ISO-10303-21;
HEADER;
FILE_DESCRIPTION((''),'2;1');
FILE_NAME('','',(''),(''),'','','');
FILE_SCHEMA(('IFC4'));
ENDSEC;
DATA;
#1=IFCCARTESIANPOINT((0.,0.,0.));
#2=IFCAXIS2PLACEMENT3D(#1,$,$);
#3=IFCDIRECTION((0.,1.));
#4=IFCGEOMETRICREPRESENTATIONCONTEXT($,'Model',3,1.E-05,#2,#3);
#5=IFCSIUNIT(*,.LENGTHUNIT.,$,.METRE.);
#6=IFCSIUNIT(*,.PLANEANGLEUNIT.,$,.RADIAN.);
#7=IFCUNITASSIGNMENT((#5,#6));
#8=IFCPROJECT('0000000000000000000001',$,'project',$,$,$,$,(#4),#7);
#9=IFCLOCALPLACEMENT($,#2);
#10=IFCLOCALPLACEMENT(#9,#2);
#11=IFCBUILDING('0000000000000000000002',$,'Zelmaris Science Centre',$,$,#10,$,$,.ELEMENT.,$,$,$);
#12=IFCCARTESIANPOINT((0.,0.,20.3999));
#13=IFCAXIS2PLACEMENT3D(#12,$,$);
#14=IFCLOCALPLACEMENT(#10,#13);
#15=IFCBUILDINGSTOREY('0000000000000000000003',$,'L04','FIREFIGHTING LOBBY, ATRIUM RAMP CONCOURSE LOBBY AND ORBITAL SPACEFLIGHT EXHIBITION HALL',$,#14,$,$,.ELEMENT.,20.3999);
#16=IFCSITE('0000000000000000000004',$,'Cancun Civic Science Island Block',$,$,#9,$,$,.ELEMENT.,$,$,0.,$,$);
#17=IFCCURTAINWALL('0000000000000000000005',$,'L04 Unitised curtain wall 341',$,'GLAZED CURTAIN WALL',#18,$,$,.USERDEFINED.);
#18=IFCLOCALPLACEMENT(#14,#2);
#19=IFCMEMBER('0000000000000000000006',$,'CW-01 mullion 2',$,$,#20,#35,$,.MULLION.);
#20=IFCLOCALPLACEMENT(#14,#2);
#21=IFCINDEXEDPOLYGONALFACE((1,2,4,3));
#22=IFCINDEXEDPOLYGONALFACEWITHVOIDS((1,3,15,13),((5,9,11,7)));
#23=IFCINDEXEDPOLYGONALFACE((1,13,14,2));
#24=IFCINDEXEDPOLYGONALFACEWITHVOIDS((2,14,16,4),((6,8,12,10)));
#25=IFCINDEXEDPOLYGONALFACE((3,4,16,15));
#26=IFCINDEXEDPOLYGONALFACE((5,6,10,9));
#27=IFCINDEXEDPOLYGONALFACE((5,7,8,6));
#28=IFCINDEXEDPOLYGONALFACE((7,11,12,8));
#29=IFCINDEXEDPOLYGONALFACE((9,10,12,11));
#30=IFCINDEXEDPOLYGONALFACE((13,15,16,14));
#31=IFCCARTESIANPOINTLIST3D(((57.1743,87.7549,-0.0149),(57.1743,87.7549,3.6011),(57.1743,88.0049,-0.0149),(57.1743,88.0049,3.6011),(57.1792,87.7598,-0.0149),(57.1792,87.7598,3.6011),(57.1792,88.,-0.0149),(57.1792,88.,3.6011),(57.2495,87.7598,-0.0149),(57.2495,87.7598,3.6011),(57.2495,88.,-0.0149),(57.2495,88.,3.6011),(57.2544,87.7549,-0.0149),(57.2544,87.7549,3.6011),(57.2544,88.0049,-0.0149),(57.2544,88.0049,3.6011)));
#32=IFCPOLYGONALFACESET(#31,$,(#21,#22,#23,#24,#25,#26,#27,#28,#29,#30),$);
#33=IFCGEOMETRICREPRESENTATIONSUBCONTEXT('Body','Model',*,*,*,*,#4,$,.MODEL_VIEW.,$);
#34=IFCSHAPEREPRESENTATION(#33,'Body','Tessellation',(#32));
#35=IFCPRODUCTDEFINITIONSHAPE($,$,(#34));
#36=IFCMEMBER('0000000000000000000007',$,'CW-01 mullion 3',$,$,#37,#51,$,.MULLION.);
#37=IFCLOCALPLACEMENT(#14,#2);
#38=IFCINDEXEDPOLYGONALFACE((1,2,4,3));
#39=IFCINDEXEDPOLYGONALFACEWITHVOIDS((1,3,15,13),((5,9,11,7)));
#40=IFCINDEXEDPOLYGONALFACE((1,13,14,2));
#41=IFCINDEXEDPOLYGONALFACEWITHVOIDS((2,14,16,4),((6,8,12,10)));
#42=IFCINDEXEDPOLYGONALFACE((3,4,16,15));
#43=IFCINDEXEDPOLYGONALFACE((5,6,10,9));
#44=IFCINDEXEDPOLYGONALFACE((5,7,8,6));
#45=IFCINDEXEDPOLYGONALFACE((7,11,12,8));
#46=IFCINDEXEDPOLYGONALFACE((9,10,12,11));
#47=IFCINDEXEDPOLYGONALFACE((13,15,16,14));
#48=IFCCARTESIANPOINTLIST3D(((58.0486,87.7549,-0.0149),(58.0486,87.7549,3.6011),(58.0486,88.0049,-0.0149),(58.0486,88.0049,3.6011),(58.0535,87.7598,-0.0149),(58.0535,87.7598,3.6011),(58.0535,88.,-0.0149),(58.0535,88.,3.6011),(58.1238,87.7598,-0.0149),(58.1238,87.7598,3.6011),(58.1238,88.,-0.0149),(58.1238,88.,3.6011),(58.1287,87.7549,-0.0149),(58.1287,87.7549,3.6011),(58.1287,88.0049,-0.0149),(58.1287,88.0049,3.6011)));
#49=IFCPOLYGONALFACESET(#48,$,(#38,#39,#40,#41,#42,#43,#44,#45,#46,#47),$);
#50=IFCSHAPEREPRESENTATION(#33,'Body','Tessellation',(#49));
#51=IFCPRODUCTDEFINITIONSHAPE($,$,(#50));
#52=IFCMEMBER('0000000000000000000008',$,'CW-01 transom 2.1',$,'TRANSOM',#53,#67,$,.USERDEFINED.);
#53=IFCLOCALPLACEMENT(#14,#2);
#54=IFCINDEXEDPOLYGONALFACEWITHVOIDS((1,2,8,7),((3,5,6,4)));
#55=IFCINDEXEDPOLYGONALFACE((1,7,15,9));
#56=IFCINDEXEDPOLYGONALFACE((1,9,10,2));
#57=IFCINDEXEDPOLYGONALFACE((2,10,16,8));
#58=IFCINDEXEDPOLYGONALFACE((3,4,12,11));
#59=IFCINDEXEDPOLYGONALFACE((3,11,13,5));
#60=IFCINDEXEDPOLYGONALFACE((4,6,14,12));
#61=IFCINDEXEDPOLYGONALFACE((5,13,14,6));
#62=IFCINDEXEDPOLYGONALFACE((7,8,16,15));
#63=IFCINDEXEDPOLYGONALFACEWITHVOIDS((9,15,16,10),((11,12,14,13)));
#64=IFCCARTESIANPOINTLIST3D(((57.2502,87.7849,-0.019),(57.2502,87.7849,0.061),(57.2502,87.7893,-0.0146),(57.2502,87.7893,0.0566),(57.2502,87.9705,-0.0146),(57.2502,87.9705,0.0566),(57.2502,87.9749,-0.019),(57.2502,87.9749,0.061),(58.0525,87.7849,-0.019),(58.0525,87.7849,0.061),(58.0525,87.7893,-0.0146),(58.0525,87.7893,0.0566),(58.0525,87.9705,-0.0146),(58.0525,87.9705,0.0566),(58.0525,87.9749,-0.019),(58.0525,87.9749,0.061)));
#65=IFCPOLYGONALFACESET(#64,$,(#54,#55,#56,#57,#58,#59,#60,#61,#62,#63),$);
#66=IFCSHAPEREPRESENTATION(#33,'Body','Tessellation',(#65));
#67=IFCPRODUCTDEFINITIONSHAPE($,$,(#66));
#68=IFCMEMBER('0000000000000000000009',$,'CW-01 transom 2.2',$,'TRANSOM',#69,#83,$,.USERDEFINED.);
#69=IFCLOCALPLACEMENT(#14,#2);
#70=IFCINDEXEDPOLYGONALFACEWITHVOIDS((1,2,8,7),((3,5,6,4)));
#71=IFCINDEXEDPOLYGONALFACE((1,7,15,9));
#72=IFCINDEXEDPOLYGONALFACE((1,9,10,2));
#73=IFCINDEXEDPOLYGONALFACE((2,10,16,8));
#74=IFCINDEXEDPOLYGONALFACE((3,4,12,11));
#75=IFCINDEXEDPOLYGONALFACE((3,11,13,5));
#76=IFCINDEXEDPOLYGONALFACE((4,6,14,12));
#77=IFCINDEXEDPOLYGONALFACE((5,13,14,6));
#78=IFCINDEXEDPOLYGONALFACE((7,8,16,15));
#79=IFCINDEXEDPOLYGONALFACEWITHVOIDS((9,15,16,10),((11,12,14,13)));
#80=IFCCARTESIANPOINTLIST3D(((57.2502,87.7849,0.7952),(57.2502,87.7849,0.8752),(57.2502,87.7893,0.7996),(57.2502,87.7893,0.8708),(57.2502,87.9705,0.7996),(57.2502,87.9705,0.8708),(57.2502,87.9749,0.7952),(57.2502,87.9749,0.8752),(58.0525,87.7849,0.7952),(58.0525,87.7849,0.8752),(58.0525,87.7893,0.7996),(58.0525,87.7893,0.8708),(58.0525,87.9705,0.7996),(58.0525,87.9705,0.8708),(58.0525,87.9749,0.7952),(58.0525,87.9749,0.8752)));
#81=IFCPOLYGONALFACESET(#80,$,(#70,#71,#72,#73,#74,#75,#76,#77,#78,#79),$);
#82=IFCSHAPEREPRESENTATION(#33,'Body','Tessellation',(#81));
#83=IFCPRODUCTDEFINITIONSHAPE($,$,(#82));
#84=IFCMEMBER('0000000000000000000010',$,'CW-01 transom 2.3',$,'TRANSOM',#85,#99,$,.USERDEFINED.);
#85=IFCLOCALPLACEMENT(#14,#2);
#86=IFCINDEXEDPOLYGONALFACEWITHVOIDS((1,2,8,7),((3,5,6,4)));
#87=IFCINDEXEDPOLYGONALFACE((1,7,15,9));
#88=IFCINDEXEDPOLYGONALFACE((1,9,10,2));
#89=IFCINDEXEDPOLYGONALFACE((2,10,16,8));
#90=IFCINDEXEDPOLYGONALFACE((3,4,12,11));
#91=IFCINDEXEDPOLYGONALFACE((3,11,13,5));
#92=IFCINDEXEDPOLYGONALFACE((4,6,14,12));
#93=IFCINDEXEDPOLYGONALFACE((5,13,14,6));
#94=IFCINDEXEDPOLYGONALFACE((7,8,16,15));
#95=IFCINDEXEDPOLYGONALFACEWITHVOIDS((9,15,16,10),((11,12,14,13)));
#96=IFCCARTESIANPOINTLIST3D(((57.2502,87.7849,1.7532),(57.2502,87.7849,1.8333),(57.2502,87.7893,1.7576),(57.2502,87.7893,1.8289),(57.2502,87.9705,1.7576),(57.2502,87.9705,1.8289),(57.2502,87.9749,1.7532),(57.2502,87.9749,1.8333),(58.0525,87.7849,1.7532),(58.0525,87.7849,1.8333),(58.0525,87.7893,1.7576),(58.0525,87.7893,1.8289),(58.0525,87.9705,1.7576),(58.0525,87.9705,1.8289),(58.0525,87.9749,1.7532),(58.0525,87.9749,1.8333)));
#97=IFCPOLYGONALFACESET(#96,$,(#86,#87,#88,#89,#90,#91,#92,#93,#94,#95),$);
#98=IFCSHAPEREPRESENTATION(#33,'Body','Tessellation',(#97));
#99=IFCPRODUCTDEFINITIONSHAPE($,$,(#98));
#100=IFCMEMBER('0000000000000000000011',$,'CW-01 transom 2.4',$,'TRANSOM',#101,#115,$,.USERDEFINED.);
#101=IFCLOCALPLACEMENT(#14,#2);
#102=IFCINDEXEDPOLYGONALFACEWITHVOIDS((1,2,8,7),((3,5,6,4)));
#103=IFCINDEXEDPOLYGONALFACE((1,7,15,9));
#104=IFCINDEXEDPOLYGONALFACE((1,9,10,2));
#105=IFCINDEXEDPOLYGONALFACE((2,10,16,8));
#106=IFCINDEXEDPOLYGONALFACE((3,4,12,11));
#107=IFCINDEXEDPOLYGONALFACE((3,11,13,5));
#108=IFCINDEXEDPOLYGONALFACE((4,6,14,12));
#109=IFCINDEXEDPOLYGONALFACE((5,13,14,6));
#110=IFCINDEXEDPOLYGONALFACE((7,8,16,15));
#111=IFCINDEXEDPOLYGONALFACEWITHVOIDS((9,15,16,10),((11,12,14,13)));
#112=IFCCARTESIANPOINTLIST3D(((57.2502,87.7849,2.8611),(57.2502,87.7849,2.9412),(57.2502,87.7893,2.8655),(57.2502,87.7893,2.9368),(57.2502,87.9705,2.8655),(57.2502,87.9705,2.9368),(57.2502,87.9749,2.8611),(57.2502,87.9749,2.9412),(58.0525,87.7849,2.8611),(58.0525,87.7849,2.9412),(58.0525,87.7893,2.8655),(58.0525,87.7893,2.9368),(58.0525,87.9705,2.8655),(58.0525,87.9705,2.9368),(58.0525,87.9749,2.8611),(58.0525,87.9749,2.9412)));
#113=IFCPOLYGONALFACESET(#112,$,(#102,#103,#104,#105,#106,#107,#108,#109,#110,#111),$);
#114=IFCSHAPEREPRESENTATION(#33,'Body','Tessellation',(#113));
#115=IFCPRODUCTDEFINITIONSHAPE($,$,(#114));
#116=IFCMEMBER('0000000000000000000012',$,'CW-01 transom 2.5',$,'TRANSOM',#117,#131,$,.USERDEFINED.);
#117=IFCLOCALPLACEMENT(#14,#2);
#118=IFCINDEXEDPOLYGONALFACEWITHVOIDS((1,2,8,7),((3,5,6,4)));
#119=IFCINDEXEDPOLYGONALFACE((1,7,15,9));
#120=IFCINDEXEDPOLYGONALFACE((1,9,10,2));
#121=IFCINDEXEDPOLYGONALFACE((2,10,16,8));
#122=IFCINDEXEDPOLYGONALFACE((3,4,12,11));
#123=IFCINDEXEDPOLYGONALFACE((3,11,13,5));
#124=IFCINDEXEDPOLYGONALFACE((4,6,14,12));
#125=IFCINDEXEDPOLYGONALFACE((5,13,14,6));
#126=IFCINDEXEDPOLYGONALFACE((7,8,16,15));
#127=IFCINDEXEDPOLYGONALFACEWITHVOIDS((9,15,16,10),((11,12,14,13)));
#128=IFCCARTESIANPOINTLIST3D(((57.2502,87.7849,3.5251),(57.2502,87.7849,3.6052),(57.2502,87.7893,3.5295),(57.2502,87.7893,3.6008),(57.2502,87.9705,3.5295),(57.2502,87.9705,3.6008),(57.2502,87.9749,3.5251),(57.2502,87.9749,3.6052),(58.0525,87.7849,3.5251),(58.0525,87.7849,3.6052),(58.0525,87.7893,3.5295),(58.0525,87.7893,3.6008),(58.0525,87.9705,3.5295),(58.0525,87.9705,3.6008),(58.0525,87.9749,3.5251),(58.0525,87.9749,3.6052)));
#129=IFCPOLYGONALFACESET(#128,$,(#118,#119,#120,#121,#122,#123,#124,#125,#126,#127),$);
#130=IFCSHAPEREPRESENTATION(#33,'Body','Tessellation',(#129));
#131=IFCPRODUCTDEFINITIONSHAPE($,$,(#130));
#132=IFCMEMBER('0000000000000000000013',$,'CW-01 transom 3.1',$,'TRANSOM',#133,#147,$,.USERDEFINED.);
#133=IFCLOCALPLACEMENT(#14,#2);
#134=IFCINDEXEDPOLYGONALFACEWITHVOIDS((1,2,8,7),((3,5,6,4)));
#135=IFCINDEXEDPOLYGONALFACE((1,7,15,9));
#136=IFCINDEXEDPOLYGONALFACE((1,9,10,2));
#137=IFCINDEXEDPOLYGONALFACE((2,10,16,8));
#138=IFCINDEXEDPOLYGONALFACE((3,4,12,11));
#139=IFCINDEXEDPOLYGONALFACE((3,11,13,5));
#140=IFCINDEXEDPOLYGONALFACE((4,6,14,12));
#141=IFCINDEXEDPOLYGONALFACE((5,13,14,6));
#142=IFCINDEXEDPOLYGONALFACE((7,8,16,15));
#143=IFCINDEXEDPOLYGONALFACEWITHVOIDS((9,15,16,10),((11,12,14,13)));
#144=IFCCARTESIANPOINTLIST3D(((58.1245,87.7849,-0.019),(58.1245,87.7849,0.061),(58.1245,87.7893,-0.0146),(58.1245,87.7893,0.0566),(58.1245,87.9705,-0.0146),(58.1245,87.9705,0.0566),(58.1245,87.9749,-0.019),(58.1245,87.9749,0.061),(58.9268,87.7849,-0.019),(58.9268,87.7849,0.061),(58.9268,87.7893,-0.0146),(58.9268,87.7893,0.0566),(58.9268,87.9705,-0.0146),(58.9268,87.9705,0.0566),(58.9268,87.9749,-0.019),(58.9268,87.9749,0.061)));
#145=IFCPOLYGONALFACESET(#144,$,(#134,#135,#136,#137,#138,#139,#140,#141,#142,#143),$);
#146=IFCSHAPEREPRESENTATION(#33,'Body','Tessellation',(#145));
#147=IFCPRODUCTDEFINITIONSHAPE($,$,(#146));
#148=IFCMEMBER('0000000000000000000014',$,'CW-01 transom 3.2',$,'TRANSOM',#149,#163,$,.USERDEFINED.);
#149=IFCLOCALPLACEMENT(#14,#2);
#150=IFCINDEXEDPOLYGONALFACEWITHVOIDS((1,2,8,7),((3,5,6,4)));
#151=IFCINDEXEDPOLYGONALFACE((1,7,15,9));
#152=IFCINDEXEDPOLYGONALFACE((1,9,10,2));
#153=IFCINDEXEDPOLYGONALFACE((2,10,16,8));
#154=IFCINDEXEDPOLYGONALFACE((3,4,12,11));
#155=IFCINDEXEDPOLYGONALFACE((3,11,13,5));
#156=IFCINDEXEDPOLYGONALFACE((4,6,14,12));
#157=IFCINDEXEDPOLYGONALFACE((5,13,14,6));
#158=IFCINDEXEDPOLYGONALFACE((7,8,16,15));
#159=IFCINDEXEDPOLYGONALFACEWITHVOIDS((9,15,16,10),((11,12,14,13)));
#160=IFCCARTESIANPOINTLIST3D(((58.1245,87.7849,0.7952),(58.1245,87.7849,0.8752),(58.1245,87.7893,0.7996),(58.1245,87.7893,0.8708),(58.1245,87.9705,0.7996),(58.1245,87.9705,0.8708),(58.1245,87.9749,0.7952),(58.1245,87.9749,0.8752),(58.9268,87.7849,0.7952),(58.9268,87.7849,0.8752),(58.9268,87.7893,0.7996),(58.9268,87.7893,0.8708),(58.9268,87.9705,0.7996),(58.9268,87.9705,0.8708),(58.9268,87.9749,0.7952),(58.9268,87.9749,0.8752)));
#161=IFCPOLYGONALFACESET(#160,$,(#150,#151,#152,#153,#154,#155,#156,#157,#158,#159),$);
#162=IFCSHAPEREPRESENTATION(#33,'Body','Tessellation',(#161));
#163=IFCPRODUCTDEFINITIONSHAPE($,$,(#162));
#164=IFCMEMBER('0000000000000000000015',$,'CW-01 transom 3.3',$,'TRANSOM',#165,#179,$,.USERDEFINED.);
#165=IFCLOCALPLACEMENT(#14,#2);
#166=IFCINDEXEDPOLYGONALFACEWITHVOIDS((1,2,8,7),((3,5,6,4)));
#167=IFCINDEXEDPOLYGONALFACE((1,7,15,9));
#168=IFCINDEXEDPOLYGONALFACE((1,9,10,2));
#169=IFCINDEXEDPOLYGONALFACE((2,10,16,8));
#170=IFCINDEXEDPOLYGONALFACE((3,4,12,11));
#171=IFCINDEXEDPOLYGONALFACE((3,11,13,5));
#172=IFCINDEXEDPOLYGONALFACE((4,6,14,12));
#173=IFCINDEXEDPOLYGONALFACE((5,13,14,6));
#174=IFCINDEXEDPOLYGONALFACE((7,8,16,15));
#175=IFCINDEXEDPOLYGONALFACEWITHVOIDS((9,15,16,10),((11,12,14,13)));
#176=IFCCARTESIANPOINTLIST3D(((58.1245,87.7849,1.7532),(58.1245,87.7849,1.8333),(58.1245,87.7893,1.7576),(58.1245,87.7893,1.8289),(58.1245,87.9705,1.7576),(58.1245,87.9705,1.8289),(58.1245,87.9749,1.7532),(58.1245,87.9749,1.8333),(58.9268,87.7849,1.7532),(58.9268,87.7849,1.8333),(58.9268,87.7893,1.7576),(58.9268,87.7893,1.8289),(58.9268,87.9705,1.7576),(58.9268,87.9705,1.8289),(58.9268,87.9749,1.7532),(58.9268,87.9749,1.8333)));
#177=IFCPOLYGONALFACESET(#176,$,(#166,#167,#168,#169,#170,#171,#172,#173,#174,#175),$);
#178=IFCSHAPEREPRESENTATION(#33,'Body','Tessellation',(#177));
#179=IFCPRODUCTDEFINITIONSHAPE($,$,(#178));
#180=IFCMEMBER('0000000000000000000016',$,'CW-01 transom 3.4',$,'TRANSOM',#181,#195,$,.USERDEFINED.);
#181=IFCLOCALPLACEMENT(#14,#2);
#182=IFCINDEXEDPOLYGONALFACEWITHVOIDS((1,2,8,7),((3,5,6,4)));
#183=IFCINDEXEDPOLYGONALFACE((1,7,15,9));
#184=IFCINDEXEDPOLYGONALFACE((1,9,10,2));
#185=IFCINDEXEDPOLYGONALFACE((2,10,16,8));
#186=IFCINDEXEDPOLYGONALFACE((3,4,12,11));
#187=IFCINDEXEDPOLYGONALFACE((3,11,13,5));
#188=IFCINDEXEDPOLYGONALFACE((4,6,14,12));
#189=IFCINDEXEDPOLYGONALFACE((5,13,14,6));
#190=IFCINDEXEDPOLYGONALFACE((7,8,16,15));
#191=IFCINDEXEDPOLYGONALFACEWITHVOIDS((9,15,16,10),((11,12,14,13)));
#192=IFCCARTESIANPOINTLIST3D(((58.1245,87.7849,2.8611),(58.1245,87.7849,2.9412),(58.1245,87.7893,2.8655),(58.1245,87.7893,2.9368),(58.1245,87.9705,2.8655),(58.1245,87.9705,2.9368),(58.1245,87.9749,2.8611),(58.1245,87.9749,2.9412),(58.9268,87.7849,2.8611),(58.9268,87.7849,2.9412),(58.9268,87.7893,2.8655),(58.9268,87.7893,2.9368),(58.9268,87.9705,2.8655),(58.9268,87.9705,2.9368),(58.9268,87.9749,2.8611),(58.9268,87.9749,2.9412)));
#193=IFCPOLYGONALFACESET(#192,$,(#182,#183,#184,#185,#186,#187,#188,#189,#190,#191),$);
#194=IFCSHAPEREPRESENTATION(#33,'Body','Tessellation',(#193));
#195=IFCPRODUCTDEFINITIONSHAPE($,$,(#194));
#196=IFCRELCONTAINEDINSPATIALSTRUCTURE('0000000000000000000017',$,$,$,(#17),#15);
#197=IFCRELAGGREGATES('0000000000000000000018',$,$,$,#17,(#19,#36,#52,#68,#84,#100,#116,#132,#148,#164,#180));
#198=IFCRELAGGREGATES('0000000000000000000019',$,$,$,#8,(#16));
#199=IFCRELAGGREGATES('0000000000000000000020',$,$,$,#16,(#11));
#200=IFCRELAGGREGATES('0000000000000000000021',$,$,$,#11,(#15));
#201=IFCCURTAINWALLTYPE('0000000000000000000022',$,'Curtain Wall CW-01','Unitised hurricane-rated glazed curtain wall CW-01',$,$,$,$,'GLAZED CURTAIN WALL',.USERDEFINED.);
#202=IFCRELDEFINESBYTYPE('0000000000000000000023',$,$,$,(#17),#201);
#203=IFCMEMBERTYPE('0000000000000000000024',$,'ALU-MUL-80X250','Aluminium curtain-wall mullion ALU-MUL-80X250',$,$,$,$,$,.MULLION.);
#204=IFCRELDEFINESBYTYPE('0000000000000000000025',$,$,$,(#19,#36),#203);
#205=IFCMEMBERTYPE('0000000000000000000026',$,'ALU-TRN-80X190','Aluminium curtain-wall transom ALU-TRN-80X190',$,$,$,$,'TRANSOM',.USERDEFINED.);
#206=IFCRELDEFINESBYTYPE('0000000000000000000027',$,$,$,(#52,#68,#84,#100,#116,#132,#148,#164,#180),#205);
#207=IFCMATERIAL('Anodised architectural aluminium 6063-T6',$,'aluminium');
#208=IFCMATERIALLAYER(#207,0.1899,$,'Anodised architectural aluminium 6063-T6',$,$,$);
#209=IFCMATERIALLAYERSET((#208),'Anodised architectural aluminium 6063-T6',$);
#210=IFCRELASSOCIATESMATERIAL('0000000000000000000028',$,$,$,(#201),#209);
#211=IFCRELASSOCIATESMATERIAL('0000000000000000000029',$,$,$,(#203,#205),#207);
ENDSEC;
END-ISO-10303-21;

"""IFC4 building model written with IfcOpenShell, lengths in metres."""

from ifc_helpers import new_model, si_unit, direction, frame, origin, origin_2d, place, context, subcontext, project, spatial, hollow_rectangle, extrude, material, layer, layer_set, material_profile, profile_set, type_object, element, aggregate, save


model = new_model("IFC4")

# Units and contexts
model_context = context("Model", 3, precision=1e-05, world=origin(), true_north=direction((0.0, 1.0)))
body_context = subcontext(model_context, "Body", "Model", "MODEL_VIEW")
ifc_project = project(units=[si_unit("LENGTHUNIT", "METRE"), si_unit("PLANEANGLEUNIT", "RADIAN")], contexts=[model_context])

# Site, building, storey
site_placement = place(None, origin())
site = spatial("IfcSite", under=ifc_project, at=site_placement, Name="Cancun Civic Science Island Block", CompositionType="ELEMENT", RefElevation=0.0)
building_placement = place(site_placement, origin())
building = spatial("IfcBuilding", under=site, at=building_placement, Name="Zelmaris Science Centre", CompositionType="ELEMENT")
storey_placement = place(building_placement, frame((0.0, 0.0, 20.3999)))
storey = spatial("IfcBuildingStorey", under=building, at=storey_placement, Name="L04", Description="FIREFIGHTING LOBBY, ATRIUM RAMP CONCOURSE LOBBY AND ORBITAL SPACEFLIGHT EXHIBITION HALL", CompositionType="ELEMENT", Elevation=20.3999)

# Curtain wall, members
ifc_material_1 = material(Name="Anodised architectural aluminium 6063-T6", Category="aluminium")
ifc_layer_1 = layer(ifc_material_1, 0.1899, Name="Anodised architectural aluminium 6063-T6")
ifc_layer_set_1 = layer_set([ifc_layer_1], Name="Anodised architectural aluminium 6063-T6")
curtain_wall_type = type_object("IfcCurtainWallType", Name="Curtain Wall CW-01", Description="Unitised hurricane-rated glazed curtain wall CW-01", ElementType="GLAZED CURTAIN WALL", PredefinedType="USERDEFINED", material=ifc_layer_set_1)
curtain_wall_placement = place(storey_placement, origin())
curtain_wall = element("IfcCurtainWall", 1, at=curtain_wall_placement, inside=storey, type_object=curtain_wall_type, Name="L04 Unitised curtain wall 341", ObjectType="GLAZED CURTAIN WALL", PredefinedType="USERDEFINED")
ifc_material_profile_1 = material_profile(ifc_material_1, hollow_rectangle(XDim=0.0801, YDim=0.25, WallThickness=0.0049, at=origin_2d()), Name="ALU-MUL-80X250")
ifc_profile_set_1 = profile_set([ifc_material_profile_1], Name="Anodised architectural aluminium 6063-T6")
member_type_1 = type_object("IfcMemberType", Name="ALU-MUL-80X250", Description="Aluminium curtain-wall mullion ALU-MUL-80X250", PredefinedType="MULLION", material=ifc_profile_set_1)
member_1_placement = place(storey_placement, frame((57.2144, 87.8799, -0.0149), z_axis=(0.0, 0.0, 1.0), x_axis=(1.0, 0.0, 0.0)))
member_1 = element("IfcMember", 2, at=member_1_placement, type_object=member_type_1, Name="CW-01 mullion 2", PredefinedType="MULLION", context=body_context, shape_type="SweptSolid", body=[
    extrude(hollow_rectangle(XDim=0.0801, YDim=0.25, WallThickness=0.0049, at=origin_2d()), origin(), (0.0, 0.0, 1.0), 3.616),
])
member_2_placement = place(storey_placement, frame((58.0886, 87.8799, -0.0149), z_axis=(0.0, 0.0, 1.0), x_axis=(1.0, 0.0, 0.0)))
member_2 = element("IfcMember", 3, at=member_2_placement, type_object=member_type_1, Name="CW-01 mullion 3", PredefinedType="MULLION", context=body_context, shape_type="SweptSolid", body=[
    extrude(hollow_rectangle(XDim=0.0801, YDim=0.25, WallThickness=0.0049, at=origin_2d()), origin(), (0.0, 0.0, 1.0), 3.616),
])
ifc_material_profile_2 = material_profile(ifc_material_1, hollow_rectangle(XDim=0.0801, YDim=0.1899, WallThickness=0.0044, at=origin_2d()), Name="ALU-TRN-80X190")
ifc_profile_set_2 = profile_set([ifc_material_profile_2], Name="Anodised architectural aluminium 6063-T6")
member_type_2 = type_object("IfcMemberType", Name="ALU-TRN-80X190", Description="Aluminium curtain-wall transom ALU-TRN-80X190", ElementType="TRANSOM", PredefinedType="USERDEFINED", material=ifc_profile_set_2)
member_3_placement = place(storey_placement, frame((57.2502, 87.8799, 0.021), z_axis=(1.0, 0.0, 0.0), x_axis=(0.0, 0.0, 1.0)))
member_3 = element("IfcMember", 4, at=member_3_placement, type_object=member_type_2, Name="CW-01 transom 2.1", ObjectType="TRANSOM", PredefinedType="USERDEFINED", context=body_context, shape_type="SweptSolid", body=[
    extrude(hollow_rectangle(XDim=0.0801, YDim=0.1899, WallThickness=0.0044, at=origin_2d()), origin(), (0.0, 0.0, 1.0), 0.8022),
])
member_4_placement = place(storey_placement, frame((57.2502, 87.8799, 0.8352), z_axis=(1.0, 0.0, 0.0), x_axis=(0.0, 0.0, 1.0)))
member_4 = element("IfcMember", 5, at=member_4_placement, type_object=member_type_2, Name="CW-01 transom 2.2", ObjectType="TRANSOM", PredefinedType="USERDEFINED", context=body_context, shape_type="SweptSolid", body=[
    extrude(hollow_rectangle(XDim=0.0801, YDim=0.1899, WallThickness=0.0044, at=origin_2d()), origin(), (0.0, 0.0, 1.0), 0.8022),
])
member_5_placement = place(storey_placement, frame((57.2502, 87.8799, 1.7932), z_axis=(1.0, 0.0, 0.0), x_axis=(0.0, 0.0, 1.0)))
member_5 = element("IfcMember", 6, at=member_5_placement, type_object=member_type_2, Name="CW-01 transom 2.3", ObjectType="TRANSOM", PredefinedType="USERDEFINED", context=body_context, shape_type="SweptSolid", body=[
    extrude(hollow_rectangle(XDim=0.0801, YDim=0.1899, WallThickness=0.0044, at=origin_2d()), origin(), (0.0, 0.0, 1.0), 0.8022),
])
member_6_placement = place(storey_placement, frame((57.2502, 87.8799, 2.9011), z_axis=(1.0, 0.0, 0.0), x_axis=(0.0, 0.0, 1.0)))
member_6 = element("IfcMember", 7, at=member_6_placement, type_object=member_type_2, Name="CW-01 transom 2.4", ObjectType="TRANSOM", PredefinedType="USERDEFINED", context=body_context, shape_type="SweptSolid", body=[
    extrude(hollow_rectangle(XDim=0.0801, YDim=0.1899, WallThickness=0.0044, at=origin_2d()), origin(), (0.0, 0.0, 1.0), 0.8022),
])
member_7_placement = place(storey_placement, frame((57.2502, 87.8799, 3.5652), z_axis=(1.0, 0.0, 0.0), x_axis=(0.0, 0.0, 1.0)))
member_7 = element("IfcMember", 8, at=member_7_placement, type_object=member_type_2, Name="CW-01 transom 2.5", ObjectType="TRANSOM", PredefinedType="USERDEFINED", context=body_context, shape_type="SweptSolid", body=[
    extrude(hollow_rectangle(XDim=0.0801, YDim=0.1899, WallThickness=0.0044, at=origin_2d()), origin(), (0.0, 0.0, 1.0), 0.8022),
])
member_8_placement = place(storey_placement, frame((58.1245, 87.8799, 0.021), z_axis=(1.0, 0.0, 0.0), x_axis=(0.0, 0.0, 1.0)))
member_8 = element("IfcMember", 9, at=member_8_placement, type_object=member_type_2, Name="CW-01 transom 3.1", ObjectType="TRANSOM", PredefinedType="USERDEFINED", context=body_context, shape_type="SweptSolid", body=[
    extrude(hollow_rectangle(XDim=0.0801, YDim=0.1899, WallThickness=0.0044, at=origin_2d()), origin(), (0.0, 0.0, 1.0), 0.8022),
])
member_9_placement = place(storey_placement, frame((58.1245, 87.8799, 0.8352), z_axis=(1.0, 0.0, 0.0), x_axis=(0.0, 0.0, 1.0)))
member_9 = element("IfcMember", 10, at=member_9_placement, type_object=member_type_2, Name="CW-01 transom 3.2", ObjectType="TRANSOM", PredefinedType="USERDEFINED", context=body_context, shape_type="SweptSolid", body=[
    extrude(hollow_rectangle(XDim=0.0801, YDim=0.1899, WallThickness=0.0044, at=origin_2d()), origin(), (0.0, 0.0, 1.0), 0.8022),
])
member_10_placement = place(storey_placement, frame((58.1245, 87.8799, 1.7932), z_axis=(1.0, 0.0, 0.0), x_axis=(0.0, 0.0, 1.0)))
member_10 = element("IfcMember", 11, at=member_10_placement, type_object=member_type_2, Name="CW-01 transom 3.3", ObjectType="TRANSOM", PredefinedType="USERDEFINED", context=body_context, shape_type="SweptSolid", body=[
    extrude(hollow_rectangle(XDim=0.0801, YDim=0.1899, WallThickness=0.0044, at=origin_2d()), origin(), (0.0, 0.0, 1.0), 0.8022),
])
member_11_placement = place(storey_placement, frame((58.1245, 87.8799, 2.9011), z_axis=(1.0, 0.0, 0.0), x_axis=(0.0, 0.0, 1.0)))
member_11 = element("IfcMember", 12, at=member_11_placement, type_object=member_type_2, Name="CW-01 transom 3.4", ObjectType="TRANSOM", PredefinedType="USERDEFINED", context=body_context, shape_type="SweptSolid", body=[
    extrude(hollow_rectangle(XDim=0.0801, YDim=0.1899, WallThickness=0.0044, at=origin_2d()), origin(), (0.0, 0.0, 1.0), 0.8022),
])
aggregate(curtain_wall, [member_1, member_2, member_3, member_4, member_5, member_6, member_7, member_8, member_9, member_10, member_11])

save(model, "model.ifc")
